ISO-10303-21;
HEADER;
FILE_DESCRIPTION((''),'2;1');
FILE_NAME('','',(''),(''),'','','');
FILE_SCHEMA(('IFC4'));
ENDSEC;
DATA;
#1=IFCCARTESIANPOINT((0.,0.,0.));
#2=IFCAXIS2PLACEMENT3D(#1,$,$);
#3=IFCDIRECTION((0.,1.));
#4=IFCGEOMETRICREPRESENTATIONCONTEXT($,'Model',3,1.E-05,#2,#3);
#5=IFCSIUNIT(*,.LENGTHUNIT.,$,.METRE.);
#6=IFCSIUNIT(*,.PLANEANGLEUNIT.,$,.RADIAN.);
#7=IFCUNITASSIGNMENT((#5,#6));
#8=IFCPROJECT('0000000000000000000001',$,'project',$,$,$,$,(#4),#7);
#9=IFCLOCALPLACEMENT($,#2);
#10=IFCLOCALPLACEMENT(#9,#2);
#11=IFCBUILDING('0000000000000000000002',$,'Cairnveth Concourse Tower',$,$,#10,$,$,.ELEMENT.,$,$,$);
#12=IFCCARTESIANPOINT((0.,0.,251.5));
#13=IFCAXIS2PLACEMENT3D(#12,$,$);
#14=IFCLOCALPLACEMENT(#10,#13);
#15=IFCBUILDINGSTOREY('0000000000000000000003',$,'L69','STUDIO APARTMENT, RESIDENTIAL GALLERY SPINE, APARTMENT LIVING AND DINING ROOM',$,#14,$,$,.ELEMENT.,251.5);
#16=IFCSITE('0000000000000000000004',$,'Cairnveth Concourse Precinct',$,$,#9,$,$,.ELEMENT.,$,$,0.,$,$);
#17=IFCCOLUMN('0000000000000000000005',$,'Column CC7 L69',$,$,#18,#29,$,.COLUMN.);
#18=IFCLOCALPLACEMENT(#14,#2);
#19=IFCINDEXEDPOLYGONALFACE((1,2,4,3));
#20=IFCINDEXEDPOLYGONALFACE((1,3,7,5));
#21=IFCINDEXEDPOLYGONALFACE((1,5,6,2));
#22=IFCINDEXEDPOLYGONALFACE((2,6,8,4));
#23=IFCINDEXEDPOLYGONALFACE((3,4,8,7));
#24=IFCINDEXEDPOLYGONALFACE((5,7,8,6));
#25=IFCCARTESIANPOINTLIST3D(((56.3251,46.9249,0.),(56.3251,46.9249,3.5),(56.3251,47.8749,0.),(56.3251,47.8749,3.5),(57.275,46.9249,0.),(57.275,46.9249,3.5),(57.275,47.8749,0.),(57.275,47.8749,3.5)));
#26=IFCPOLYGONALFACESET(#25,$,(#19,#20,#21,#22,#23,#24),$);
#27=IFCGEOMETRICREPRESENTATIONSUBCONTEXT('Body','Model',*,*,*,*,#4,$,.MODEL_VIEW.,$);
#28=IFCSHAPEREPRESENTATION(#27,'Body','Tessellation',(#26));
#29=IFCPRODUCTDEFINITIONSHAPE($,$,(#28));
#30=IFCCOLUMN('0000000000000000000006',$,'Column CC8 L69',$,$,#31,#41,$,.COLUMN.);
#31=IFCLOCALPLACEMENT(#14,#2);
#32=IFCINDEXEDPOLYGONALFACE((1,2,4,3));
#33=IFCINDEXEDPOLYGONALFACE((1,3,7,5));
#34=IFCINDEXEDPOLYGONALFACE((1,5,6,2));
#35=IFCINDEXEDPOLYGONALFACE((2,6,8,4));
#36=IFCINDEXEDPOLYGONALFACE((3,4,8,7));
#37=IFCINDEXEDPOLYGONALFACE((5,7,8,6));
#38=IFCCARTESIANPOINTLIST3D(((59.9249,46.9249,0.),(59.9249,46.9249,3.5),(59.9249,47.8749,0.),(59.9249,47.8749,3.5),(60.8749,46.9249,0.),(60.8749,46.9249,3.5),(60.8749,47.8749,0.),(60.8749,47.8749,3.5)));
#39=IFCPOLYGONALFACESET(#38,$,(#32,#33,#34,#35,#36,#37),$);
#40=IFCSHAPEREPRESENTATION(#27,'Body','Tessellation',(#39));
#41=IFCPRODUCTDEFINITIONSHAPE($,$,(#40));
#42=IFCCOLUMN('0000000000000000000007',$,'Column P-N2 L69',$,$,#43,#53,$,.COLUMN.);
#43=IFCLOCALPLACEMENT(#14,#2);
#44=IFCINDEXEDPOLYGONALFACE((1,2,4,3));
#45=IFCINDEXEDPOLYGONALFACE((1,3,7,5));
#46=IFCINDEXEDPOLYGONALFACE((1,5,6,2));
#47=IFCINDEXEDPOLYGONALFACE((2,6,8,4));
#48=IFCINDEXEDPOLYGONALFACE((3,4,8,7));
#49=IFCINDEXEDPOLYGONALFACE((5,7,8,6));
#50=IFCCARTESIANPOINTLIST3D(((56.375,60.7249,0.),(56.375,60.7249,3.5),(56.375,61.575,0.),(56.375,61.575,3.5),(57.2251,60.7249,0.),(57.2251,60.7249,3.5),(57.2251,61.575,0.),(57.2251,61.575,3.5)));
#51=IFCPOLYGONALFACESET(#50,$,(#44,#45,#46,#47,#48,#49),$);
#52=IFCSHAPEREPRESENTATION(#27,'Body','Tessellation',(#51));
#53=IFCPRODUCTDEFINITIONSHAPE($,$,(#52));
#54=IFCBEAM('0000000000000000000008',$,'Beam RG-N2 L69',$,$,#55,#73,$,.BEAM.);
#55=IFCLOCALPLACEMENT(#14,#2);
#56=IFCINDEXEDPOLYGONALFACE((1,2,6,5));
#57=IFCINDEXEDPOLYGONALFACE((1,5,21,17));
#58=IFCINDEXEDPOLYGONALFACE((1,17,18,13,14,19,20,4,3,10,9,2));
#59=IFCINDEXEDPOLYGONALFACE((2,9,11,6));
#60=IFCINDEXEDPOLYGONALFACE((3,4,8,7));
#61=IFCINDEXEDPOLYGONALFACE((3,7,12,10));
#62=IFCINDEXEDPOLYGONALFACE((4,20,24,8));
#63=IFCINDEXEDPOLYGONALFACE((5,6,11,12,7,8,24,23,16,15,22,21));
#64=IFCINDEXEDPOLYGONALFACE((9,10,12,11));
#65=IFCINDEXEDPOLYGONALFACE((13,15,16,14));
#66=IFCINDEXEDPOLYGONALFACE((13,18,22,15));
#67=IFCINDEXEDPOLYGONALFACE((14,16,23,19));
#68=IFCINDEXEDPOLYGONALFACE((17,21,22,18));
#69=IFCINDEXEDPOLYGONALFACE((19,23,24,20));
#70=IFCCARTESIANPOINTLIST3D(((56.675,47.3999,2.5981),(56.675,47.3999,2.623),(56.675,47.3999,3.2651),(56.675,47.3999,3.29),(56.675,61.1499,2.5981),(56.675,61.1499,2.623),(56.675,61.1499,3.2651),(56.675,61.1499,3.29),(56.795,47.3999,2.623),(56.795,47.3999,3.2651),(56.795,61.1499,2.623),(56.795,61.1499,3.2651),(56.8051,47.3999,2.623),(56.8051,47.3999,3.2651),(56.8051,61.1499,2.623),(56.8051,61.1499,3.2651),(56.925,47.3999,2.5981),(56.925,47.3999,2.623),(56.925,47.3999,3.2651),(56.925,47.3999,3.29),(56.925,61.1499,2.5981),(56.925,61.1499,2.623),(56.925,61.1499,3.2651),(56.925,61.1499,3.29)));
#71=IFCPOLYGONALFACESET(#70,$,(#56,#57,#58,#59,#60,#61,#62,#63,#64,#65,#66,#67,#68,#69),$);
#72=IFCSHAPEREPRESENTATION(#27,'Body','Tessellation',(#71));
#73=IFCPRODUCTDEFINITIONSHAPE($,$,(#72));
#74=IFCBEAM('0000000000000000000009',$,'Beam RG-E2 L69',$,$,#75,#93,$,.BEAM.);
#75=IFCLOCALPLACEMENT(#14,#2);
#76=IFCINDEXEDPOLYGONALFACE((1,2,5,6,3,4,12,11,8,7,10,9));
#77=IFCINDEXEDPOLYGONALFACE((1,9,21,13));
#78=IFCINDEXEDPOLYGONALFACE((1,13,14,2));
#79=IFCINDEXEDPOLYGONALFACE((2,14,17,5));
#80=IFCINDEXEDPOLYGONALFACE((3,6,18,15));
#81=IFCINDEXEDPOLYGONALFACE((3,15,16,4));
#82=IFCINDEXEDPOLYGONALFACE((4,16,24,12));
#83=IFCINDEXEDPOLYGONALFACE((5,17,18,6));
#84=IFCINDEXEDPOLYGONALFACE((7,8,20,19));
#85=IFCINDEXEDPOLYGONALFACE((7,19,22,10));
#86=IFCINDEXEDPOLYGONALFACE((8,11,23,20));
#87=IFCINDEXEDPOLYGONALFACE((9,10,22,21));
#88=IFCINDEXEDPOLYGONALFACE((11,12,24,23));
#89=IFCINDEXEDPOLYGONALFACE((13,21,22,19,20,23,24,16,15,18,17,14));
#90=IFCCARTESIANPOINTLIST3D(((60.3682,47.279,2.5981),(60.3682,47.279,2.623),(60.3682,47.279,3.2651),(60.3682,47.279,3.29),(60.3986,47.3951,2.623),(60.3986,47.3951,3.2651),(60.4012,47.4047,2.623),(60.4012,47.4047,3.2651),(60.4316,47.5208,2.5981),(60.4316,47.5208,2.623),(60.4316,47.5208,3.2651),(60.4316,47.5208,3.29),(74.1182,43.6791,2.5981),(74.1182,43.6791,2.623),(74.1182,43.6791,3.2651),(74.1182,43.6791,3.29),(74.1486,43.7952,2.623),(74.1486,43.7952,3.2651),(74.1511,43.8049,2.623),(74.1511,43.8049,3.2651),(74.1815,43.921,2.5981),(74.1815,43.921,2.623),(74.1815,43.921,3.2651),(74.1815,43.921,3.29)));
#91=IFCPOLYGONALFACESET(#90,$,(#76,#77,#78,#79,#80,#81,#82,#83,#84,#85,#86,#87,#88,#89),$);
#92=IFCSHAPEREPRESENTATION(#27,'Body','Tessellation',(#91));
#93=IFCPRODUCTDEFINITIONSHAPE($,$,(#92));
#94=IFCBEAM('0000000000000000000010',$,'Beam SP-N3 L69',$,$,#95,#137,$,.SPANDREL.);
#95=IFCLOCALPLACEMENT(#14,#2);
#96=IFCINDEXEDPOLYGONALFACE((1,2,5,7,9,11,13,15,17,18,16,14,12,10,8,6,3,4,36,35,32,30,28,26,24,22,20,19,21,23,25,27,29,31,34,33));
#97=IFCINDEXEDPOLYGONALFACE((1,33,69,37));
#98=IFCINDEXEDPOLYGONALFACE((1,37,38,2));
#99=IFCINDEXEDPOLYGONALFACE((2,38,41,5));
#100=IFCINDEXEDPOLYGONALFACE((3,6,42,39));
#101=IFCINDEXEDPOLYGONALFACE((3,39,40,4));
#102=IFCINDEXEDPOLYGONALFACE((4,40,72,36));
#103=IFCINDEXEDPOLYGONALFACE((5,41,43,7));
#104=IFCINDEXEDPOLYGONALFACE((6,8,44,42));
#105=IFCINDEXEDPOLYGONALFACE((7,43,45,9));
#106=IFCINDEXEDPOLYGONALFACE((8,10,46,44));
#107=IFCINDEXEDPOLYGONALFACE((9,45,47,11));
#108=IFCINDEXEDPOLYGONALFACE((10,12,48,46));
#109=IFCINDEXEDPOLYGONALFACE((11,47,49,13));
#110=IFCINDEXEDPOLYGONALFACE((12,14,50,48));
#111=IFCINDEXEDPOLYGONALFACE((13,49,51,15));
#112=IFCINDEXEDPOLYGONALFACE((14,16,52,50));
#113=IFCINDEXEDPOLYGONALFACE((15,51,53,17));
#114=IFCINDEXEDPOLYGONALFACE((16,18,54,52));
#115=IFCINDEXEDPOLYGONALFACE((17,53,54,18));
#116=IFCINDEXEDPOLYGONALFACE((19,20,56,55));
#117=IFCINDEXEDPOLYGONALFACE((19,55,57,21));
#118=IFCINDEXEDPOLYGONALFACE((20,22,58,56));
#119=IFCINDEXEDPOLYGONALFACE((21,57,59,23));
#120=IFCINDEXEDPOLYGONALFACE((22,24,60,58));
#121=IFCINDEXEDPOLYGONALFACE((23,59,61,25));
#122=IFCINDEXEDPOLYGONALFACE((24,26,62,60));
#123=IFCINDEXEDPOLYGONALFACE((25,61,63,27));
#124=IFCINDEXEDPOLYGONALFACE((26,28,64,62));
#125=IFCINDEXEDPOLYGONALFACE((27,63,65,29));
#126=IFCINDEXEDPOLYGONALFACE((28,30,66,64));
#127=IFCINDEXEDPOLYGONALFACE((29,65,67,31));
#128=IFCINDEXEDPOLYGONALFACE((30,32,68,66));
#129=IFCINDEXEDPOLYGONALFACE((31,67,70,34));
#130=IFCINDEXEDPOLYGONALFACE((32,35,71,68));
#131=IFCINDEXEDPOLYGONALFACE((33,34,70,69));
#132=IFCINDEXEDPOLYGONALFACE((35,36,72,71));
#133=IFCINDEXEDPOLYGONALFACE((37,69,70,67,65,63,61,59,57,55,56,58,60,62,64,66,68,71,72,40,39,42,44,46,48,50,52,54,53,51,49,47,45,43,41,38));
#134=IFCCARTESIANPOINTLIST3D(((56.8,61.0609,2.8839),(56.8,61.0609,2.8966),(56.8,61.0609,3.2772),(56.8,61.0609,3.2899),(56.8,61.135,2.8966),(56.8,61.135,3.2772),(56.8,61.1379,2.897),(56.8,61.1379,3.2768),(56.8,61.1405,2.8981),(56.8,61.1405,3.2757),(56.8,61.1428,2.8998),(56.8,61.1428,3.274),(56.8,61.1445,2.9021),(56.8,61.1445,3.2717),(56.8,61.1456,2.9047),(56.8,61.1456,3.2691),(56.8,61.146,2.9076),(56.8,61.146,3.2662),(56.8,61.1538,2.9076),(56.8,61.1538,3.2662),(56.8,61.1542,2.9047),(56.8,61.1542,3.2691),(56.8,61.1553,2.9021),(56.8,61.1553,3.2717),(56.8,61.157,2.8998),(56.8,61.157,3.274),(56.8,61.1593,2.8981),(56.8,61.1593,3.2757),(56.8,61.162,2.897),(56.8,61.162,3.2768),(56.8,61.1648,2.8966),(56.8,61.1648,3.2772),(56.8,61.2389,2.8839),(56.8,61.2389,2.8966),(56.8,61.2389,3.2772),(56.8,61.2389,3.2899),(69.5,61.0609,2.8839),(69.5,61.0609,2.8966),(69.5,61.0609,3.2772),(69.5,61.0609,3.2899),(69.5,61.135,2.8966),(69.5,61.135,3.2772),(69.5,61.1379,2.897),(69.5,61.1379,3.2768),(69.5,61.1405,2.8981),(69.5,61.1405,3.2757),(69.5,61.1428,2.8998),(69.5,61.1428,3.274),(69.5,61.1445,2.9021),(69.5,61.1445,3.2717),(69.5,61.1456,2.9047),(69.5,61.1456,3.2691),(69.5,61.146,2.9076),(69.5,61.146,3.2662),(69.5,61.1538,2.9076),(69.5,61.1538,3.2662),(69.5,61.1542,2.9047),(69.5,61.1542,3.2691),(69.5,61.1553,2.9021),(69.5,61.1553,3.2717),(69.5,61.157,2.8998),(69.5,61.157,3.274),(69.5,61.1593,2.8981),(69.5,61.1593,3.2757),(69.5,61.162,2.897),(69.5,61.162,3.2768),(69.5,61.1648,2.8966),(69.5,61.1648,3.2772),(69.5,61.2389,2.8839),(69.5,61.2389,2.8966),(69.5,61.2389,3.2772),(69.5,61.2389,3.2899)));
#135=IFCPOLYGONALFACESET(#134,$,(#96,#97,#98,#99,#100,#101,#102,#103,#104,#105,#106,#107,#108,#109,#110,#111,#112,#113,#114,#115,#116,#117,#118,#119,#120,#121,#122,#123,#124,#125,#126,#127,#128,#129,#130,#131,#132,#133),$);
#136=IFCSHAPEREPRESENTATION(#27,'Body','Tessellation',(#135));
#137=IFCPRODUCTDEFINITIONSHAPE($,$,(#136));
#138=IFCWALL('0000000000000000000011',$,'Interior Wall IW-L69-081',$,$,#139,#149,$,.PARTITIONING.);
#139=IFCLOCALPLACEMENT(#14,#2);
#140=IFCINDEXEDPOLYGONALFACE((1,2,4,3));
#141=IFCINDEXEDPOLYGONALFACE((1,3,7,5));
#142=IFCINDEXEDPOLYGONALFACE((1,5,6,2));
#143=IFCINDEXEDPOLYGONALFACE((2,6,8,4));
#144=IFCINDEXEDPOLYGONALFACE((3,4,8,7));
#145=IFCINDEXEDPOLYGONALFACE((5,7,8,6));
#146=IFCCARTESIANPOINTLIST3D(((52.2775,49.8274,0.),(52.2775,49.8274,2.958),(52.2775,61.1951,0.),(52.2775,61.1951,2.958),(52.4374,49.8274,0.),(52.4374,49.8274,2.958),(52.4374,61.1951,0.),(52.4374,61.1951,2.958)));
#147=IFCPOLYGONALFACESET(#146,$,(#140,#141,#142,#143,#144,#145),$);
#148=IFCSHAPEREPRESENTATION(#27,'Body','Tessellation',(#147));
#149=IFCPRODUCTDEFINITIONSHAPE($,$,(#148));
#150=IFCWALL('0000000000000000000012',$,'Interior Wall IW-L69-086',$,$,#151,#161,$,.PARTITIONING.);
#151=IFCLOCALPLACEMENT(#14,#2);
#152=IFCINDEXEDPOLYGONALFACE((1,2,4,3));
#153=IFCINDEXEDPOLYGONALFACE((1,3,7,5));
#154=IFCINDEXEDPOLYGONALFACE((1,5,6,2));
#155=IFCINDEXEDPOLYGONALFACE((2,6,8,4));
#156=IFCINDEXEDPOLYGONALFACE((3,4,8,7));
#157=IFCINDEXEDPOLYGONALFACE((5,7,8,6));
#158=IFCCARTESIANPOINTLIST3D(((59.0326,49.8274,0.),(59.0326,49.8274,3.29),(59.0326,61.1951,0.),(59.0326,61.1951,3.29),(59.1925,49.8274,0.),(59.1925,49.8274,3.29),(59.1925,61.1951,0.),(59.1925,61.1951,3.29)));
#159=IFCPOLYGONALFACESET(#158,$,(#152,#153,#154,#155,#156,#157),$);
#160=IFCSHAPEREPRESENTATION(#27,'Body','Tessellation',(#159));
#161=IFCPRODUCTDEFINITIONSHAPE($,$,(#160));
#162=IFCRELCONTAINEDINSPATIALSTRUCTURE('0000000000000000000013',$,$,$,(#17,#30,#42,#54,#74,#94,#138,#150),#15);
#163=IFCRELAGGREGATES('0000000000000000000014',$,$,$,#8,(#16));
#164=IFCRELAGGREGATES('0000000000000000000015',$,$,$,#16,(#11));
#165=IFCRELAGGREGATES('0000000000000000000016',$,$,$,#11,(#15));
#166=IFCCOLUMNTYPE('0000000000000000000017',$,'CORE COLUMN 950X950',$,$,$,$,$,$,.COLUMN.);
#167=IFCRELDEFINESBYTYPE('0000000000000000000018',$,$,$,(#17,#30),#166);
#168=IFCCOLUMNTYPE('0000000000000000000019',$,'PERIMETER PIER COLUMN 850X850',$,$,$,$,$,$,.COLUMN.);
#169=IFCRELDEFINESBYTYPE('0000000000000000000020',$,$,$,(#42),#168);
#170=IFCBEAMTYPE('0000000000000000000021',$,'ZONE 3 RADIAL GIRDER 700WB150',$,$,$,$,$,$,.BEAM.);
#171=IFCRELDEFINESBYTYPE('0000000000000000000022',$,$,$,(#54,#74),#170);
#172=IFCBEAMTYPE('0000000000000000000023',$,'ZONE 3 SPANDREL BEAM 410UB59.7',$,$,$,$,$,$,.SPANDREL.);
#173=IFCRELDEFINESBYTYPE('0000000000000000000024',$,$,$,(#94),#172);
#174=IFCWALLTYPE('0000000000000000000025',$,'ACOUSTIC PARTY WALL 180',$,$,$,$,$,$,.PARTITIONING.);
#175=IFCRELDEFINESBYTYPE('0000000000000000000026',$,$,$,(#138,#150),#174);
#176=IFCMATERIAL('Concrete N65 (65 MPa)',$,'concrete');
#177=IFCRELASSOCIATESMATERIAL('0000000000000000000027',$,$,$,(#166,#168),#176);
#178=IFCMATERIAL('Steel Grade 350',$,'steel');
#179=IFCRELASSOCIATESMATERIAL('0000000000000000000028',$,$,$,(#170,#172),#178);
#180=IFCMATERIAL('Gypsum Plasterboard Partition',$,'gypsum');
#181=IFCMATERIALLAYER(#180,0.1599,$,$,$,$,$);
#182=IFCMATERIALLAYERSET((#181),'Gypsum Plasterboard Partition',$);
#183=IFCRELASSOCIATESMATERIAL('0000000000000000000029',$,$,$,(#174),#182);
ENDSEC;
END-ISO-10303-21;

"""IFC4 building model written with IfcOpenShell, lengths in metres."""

from ifc_helpers import new_model, si_unit, direction, frame, frame_2d, origin, origin_2d, place, context, subcontext, project, spatial, rectangle, i_section, extrude, material, layer, layer_set, material_profile, profile_set, type_object, element, save


model = new_model("IFC4")

# Units and contexts
model_context = context("Model", 3, precision=1e-05, world=origin(), true_north=direction((0.0, 1.0)))
body_context = subcontext(model_context, "Body", "Model", "MODEL_VIEW")
ifc_project = project(units=[si_unit("LENGTHUNIT", "METRE"), si_unit("PLANEANGLEUNIT", "RADIAN")], contexts=[model_context])

# Site, building, storey
site_placement = place(None, origin())
site = spatial("IfcSite", under=ifc_project, at=site_placement, Name="Cairnveth Concourse Precinct", CompositionType="ELEMENT", RefElevation=0.0)
building_placement = place(site_placement, origin())
building = spatial("IfcBuilding", under=site, at=building_placement, Name="Cairnveth Concourse Tower", CompositionType="ELEMENT")
storey_placement = place(building_placement, frame((0.0, 0.0, 251.5)))
storey = spatial("IfcBuildingStorey", under=building, at=storey_placement, Name="L69", Description="STUDIO APARTMENT, RESIDENTIAL GALLERY SPINE, APARTMENT LIVING AND DINING ROOM", CompositionType="ELEMENT", Elevation=251.5)

# Columns
ifc_material_1 = material(Name="Concrete N65 (65 MPa)", Category="concrete")
ifc_material_profile_1 = material_profile(ifc_material_1, rectangle(XDim=0.95, YDim=0.95, at=origin_2d()), Name="RC-COL-950x950")
ifc_profile_set_1 = profile_set([ifc_material_profile_1], Name="Concrete N65 (65 MPa)")
column_type_1 = type_object("IfcColumnType", Name="CORE COLUMN 950X950", PredefinedType="COLUMN", material=ifc_profile_set_1)
for number, where, z_axis, x_axis, name in (
    (1, (56.8, 47.3999, 0.0), (0.0, 0.0, 1.0), (1.0, 0.0, 0.0), "Column CC7 L69"),
    (2, (60.3999, 47.3999, 0.0), (0.0, 0.0, 1.0), (1.0, 0.0, 0.0), "Column CC8 L69"),
):
    element("IfcColumn", number, at=place(storey_placement, frame(where, z_axis=z_axis, x_axis=x_axis)), inside=storey, type_object=column_type_1, Name=name, PredefinedType="COLUMN", context=body_context, shape_type="SweptSolid", body=[
        extrude(rectangle(XDim=0.95, YDim=0.95, at=origin_2d()), origin(), (0.0, 0.0, 1.0), 3.5),
    ])
ifc_material_profile_2 = material_profile(ifc_material_1, rectangle(XDim=0.8501, YDim=0.8501, at=origin_2d()), Name="RC-COL-850x850")
ifc_profile_set_2 = profile_set([ifc_material_profile_2], Name="Concrete N65 (65 MPa)")
column_type_2 = type_object("IfcColumnType", Name="PERIMETER PIER COLUMN 850X850", PredefinedType="COLUMN", material=ifc_profile_set_2)
column_placement = place(storey_placement, frame((56.8, 61.1499, 0.0), z_axis=(0.0, 0.0, 1.0), x_axis=(1.0, 0.0, 0.0)))
element("IfcColumn", 3, at=column_placement, inside=storey, type_object=column_type_2, Name="Column P-N2 L69", PredefinedType="COLUMN", context=body_context, shape_type="SweptSolid", body=[
    extrude(rectangle(XDim=0.8501, YDim=0.8501, at=origin_2d()), origin(), (0.0, 0.0, 1.0), 3.5),
])

# Beams
ifc_material_2 = material(Name="Steel Grade 350", Category="steel")
ifc_material_profile_3 = material_profile(ifc_material_2, i_section(OverallWidth=0.25, OverallDepth=0.6919, WebThickness=0.01, FlangeThickness=0.0249, at=origin_2d()), Name="700WB150")
ifc_profile_set_3 = profile_set([ifc_material_profile_3], Name="Steel Grade 350")
beam_type_1 = type_object("IfcBeamType", Name="ZONE 3 RADIAL GIRDER 700WB150", PredefinedType="BEAM", material=ifc_profile_set_3)
beam_1_placement = place(storey_placement, frame((56.8, 47.3999, 2.9441), z_axis=(0.0, 1.0, 0.0), x_axis=(-1.0, 0.0, 0.0)))
element("IfcBeam", 4, at=beam_1_placement, inside=storey, type_object=beam_type_1, Name="Beam RG-N2 L69", PredefinedType="BEAM", context=body_context, shape_type="SweptSolid", body=[
    extrude(i_section(OverallWidth=0.25, OverallDepth=0.6919, WebThickness=0.01, FlangeThickness=0.0249, at=origin_2d()), origin(), (0.0, 0.0, 1.0), 13.75),
])
beam_2_placement = place(storey_placement, frame((60.3999, 47.3999, 2.9441), z_axis=(0.967395, -0.253271, 0.0), x_axis=(0.253271, 0.967395, 0.0)))
element("IfcBeam", 5, at=beam_2_placement, inside=storey, type_object=beam_type_1, Name="Beam RG-E2 L69", PredefinedType="BEAM", context=body_context, shape_type="SweptSolid", body=[
    extrude(i_section(OverallWidth=0.25, OverallDepth=0.6919, WebThickness=0.01, FlangeThickness=0.0249, at=origin_2d()), origin(), (0.0, 0.0, 1.0), 14.2134),
])
ifc_material_profile_4 = material_profile(ifc_material_2, i_section(OverallWidth=0.178, OverallDepth=0.406, WebThickness=0.0078, FlangeThickness=0.0127, FilletRadius=0.011, at=origin_2d()), Name="410UB59.7")
ifc_profile_set_4 = profile_set([ifc_material_profile_4], Name="Steel Grade 350")
beam_type_2 = type_object("IfcBeamType", Name="ZONE 3 SPANDREL BEAM 410UB59.7", PredefinedType="SPANDREL", material=ifc_profile_set_4)
beam_3_placement = place(storey_placement, frame((56.8, 61.1499, 3.0869), z_axis=(1.0, 0.0, 0.0), x_axis=(0.0, 1.0, 0.0)))
element("IfcBeam", 6, at=beam_3_placement, inside=storey, type_object=beam_type_2, Name="Beam SP-N3 L69", PredefinedType="SPANDREL", context=body_context, shape_type="SweptSolid", body=[
    extrude(i_section(OverallWidth=0.178, OverallDepth=0.406, WebThickness=0.0078, FlangeThickness=0.0127, FilletRadius=0.011, at=origin_2d()), origin(), (0.0, 0.0, 1.0), 12.7),
])

# Walls
ifc_material_3 = material(Name="Gypsum Plasterboard Partition", Category="gypsum")
ifc_layer_1 = layer(ifc_material_3, 0.1599)
ifc_layer_set_1 = layer_set([ifc_layer_1], Name="Gypsum Plasterboard Partition")
wall_type_1 = type_object("IfcWallType", Name="ACOUSTIC PARTY WALL 180", PredefinedType="PARTITIONING", material=ifc_layer_set_1)
wall_1_placement = place(storey_placement, frame((52.3574, 49.8274, 0.0), z_axis=(0.0, 0.0, 1.0), x_axis=(0.0, 1.0, 0.0)))
element("IfcWall", 7, at=wall_1_placement, inside=storey, type_object=wall_type_1, Name="Interior Wall IW-L69-081", PredefinedType="PARTITIONING", context=body_context, shape_type="SweptSolid", body=[
    extrude(rectangle(XDim=11.3677, YDim=0.1599, at=frame_2d((5.6838, 0.0))), origin(), (0.0, 0.0, 1.0), 2.958),
])
wall_2_placement = place(storey_placement, frame((59.1125, 49.8274, 0.0), z_axis=(0.0, 0.0, 1.0), x_axis=(0.0, 1.0, 0.0)))
element("IfcWall", 8, at=wall_2_placement, inside=storey, type_object=wall_type_1, Name="Interior Wall IW-L69-086", PredefinedType="PARTITIONING", context=body_context, shape_type="SweptSolid", body=[
    extrude(rectangle(XDim=11.3677, YDim=0.1599, at=frame_2d((5.6838, 0.0))), origin(), (0.0, 0.0, 1.0), 3.29),
])

save(model, "model.ifc")
